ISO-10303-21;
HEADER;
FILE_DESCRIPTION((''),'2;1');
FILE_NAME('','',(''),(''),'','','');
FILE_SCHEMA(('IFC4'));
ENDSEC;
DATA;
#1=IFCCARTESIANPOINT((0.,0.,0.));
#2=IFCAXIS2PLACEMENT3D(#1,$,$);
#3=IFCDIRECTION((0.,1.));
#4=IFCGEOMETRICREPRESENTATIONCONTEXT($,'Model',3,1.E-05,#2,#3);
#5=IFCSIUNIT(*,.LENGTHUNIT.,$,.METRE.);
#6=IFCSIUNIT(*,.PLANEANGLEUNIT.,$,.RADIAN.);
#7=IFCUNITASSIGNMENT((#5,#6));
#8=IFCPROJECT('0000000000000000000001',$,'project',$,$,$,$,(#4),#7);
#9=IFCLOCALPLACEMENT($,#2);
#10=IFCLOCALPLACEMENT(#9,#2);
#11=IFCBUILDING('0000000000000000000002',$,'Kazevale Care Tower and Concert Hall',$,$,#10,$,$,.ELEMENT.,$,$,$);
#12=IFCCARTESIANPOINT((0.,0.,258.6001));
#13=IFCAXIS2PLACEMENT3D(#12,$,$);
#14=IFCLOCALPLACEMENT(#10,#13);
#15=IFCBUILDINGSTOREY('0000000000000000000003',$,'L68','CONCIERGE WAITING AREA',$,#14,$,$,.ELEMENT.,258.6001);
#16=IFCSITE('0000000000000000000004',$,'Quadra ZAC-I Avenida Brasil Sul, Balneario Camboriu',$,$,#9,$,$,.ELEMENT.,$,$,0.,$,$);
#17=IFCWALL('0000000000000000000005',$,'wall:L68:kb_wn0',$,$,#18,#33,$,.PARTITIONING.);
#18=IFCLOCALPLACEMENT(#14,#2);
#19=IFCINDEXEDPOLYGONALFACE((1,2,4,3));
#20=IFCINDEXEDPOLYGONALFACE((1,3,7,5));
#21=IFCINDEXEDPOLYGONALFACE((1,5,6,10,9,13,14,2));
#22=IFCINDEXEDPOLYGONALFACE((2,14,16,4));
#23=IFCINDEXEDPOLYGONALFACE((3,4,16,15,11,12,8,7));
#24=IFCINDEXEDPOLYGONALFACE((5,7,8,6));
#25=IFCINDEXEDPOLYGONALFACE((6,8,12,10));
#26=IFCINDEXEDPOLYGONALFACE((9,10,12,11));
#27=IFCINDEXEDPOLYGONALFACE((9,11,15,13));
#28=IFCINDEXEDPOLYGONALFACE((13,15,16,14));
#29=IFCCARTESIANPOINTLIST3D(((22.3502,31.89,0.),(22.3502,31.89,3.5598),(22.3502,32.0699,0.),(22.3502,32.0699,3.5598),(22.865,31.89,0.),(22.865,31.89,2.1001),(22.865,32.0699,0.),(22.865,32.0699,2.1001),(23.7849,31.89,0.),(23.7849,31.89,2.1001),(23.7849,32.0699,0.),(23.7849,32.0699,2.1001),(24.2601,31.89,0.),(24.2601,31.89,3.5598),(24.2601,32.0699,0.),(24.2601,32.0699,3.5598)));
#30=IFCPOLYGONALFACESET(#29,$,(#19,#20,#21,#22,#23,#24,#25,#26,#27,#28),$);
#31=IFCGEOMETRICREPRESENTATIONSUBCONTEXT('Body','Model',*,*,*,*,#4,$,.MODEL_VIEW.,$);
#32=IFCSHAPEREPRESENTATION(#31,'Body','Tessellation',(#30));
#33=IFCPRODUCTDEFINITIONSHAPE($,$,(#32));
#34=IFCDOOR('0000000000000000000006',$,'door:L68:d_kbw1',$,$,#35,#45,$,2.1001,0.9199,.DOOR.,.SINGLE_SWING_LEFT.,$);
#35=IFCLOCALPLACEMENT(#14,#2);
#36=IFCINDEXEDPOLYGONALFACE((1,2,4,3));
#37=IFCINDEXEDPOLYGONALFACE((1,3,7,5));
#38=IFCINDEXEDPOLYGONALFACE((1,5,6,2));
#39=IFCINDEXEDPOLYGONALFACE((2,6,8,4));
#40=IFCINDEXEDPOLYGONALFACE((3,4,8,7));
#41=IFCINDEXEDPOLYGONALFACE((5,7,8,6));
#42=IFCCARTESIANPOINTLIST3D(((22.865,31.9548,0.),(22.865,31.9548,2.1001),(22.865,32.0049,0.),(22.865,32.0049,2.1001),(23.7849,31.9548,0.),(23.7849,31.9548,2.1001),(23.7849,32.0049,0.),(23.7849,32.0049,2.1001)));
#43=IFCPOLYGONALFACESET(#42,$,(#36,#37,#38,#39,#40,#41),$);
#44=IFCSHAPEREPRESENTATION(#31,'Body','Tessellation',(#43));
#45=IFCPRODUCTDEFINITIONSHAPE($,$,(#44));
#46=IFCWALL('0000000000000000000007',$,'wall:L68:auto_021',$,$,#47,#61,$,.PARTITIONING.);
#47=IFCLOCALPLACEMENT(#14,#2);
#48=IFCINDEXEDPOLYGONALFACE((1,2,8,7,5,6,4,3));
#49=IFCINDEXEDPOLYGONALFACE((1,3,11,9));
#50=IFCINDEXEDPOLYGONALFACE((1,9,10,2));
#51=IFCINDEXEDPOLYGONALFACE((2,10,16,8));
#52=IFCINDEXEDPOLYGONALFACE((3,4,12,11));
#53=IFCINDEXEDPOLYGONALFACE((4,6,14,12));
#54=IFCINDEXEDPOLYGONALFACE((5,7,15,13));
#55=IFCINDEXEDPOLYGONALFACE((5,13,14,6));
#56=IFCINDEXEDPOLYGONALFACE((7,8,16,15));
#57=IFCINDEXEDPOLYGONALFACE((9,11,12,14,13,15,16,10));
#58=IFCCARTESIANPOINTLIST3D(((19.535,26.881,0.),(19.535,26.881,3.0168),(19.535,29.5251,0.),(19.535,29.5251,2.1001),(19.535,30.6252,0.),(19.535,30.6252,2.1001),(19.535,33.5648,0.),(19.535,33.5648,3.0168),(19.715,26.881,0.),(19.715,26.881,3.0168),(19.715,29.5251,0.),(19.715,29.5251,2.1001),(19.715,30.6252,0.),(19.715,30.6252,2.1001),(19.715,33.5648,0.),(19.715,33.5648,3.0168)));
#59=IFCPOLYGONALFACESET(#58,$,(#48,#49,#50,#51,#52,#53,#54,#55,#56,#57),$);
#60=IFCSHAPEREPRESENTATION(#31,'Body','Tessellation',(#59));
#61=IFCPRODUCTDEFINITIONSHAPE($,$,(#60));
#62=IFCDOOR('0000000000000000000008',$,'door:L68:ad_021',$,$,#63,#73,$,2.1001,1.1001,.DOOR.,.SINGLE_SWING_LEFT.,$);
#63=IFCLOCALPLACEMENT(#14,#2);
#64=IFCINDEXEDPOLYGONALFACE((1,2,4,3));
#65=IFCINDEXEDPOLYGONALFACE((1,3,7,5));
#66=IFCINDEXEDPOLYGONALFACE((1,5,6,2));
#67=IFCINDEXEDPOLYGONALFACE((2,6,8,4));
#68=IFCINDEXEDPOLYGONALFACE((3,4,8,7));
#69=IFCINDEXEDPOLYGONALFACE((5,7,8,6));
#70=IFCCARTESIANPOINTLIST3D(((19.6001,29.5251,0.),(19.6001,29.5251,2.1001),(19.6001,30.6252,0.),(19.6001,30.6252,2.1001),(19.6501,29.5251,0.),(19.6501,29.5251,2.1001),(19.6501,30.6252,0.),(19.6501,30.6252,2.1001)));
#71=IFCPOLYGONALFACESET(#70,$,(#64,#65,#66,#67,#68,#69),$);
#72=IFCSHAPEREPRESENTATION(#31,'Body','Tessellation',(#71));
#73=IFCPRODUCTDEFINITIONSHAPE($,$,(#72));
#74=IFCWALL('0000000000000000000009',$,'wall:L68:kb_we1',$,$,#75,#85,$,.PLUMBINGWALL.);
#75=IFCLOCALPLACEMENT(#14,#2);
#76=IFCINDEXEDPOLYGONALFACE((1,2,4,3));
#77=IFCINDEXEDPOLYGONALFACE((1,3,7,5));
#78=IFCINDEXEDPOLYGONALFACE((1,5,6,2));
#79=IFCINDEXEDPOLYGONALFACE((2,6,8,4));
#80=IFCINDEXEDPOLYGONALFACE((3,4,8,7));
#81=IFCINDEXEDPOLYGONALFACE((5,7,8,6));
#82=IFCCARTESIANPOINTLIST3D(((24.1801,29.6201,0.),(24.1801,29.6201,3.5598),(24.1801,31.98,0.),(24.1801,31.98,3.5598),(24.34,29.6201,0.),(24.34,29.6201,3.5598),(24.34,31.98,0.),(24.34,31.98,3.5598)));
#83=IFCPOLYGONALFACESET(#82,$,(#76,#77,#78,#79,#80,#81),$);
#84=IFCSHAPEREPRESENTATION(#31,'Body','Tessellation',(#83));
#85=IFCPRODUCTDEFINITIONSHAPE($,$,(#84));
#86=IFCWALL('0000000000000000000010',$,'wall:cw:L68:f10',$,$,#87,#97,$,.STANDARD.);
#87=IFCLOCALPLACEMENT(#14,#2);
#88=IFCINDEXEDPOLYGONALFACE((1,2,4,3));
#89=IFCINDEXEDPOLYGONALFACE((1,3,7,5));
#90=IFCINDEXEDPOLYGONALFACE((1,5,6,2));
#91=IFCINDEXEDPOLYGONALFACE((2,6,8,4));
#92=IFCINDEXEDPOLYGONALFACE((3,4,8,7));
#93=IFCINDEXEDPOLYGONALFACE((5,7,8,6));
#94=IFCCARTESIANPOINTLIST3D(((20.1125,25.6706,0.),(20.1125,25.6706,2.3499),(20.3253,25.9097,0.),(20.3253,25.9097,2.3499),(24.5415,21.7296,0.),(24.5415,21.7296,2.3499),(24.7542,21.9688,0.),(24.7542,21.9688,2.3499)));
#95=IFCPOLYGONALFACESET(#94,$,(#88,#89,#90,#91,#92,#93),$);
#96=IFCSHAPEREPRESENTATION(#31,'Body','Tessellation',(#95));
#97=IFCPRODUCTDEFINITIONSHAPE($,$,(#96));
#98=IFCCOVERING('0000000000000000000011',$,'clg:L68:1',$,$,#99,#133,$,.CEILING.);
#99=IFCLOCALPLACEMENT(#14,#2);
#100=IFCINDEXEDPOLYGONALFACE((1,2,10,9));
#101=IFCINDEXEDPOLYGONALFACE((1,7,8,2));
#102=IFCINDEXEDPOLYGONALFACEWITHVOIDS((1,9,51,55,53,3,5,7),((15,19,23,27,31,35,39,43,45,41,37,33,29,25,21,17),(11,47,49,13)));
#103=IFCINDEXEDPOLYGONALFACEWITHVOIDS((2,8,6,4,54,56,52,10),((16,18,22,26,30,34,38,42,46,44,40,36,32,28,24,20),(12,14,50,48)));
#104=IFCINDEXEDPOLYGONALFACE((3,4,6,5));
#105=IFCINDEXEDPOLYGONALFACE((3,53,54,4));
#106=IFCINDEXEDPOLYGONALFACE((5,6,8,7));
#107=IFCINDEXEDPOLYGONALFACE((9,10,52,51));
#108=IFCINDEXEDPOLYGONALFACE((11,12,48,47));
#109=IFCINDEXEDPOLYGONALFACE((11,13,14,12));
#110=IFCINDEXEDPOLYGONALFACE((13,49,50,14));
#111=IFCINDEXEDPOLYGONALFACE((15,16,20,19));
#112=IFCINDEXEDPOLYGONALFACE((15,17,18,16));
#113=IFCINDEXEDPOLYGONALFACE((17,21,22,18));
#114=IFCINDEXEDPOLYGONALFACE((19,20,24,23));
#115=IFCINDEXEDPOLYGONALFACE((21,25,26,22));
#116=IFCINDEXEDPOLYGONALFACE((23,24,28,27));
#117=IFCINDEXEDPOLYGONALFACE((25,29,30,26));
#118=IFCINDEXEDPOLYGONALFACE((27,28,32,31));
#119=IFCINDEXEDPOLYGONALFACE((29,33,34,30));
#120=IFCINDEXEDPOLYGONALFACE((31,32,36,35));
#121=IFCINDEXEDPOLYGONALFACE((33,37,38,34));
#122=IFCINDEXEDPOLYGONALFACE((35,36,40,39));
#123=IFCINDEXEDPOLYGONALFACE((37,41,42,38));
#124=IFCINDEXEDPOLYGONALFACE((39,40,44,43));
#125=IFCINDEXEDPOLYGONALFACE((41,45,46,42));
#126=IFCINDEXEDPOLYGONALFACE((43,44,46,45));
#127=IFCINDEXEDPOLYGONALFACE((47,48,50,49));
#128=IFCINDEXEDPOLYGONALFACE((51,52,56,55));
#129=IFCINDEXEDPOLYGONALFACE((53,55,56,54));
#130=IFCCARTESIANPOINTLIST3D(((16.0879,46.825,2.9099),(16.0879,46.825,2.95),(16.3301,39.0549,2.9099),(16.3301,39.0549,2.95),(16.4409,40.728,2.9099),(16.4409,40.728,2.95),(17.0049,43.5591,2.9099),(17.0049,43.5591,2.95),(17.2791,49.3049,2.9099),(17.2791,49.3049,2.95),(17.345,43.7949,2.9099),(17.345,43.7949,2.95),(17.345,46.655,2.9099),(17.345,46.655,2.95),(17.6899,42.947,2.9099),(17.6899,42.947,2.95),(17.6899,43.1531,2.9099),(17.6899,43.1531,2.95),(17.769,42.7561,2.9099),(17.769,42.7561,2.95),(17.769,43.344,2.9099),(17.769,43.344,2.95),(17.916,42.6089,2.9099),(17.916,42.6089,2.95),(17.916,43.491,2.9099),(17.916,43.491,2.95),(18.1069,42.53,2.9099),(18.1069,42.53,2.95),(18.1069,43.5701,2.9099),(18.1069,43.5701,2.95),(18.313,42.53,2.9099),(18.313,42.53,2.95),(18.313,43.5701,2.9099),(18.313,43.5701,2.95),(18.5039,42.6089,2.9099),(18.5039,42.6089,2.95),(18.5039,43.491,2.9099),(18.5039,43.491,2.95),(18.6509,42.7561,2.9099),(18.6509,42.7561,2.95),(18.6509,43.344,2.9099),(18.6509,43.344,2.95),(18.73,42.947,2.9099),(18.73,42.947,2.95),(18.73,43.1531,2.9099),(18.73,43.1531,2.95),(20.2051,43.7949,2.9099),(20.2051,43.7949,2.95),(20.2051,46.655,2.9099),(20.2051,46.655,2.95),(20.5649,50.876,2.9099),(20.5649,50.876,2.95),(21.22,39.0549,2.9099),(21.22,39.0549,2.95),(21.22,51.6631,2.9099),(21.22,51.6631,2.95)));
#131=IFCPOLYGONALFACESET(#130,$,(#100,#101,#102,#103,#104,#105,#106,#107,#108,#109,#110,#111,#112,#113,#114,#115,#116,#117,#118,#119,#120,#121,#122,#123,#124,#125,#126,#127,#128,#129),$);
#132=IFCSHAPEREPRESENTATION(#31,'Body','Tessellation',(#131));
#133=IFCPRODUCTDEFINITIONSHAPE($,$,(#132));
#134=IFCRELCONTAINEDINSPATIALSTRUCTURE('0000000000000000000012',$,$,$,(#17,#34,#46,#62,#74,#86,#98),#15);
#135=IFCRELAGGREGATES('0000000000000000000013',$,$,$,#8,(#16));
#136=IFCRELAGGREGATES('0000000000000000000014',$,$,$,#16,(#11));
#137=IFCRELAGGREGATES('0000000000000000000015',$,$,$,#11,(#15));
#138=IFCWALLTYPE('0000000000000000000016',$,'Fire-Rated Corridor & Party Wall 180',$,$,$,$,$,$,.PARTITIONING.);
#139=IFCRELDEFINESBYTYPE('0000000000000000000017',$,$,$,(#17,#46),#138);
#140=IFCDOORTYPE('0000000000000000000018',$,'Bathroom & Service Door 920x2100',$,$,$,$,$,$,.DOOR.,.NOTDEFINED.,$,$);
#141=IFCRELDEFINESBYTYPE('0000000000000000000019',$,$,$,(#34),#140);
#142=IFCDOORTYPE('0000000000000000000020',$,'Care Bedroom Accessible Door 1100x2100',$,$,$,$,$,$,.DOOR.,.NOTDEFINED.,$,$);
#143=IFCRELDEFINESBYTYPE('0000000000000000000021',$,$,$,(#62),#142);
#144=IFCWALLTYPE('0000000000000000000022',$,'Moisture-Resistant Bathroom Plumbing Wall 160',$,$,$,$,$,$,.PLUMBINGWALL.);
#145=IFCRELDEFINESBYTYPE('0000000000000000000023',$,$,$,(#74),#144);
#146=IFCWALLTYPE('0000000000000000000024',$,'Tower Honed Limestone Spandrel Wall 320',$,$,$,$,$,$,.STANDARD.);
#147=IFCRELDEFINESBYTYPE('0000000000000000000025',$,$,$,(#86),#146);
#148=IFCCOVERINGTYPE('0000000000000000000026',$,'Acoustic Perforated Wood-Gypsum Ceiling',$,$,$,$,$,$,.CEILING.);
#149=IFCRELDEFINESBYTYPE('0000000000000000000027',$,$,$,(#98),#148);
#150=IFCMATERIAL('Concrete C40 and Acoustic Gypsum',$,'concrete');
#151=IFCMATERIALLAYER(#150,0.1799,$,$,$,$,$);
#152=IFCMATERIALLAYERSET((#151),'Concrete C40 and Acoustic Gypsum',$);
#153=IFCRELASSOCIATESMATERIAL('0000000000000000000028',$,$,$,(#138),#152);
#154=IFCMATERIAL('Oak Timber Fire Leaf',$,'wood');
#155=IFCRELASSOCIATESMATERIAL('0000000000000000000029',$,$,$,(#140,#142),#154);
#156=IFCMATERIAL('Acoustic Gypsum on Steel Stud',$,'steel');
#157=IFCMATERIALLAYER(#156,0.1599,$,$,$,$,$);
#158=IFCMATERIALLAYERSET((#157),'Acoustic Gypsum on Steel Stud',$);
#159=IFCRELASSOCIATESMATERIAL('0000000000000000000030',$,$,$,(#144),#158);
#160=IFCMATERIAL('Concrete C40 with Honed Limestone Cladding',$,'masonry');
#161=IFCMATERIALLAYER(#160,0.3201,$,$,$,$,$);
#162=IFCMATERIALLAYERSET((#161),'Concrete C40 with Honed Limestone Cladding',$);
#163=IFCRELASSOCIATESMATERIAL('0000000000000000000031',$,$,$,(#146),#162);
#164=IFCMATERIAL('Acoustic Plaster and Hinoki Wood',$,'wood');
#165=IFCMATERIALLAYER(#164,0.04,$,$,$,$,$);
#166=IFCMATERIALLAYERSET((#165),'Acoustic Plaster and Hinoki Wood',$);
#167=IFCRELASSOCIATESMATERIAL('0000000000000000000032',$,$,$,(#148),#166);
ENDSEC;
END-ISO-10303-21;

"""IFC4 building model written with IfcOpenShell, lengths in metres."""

from ifc_helpers import new_model, si_unit, direction, frame, frame_2d, origin, place, context, subcontext, project, spatial, polyline, rectangle, outline, extrude, material, layer, layer_set, type_object, element, fill, save


model = new_model("IFC4")

# Units and contexts
model_context = context("Model", 3, precision=1e-05, world=origin(), true_north=direction((0.0, 1.0)))
body_context = subcontext(model_context, "Body", "Model", "MODEL_VIEW")
ifc_project = project(units=[si_unit("LENGTHUNIT", "METRE"), si_unit("PLANEANGLEUNIT", "RADIAN")], contexts=[model_context])

# Site, building, storey
site_placement = place(None, origin())
site = spatial("IfcSite", under=ifc_project, at=site_placement, Name="Quadra ZAC-I Avenida Brasil Sul, Balneario Camboriu", CompositionType="ELEMENT", RefElevation=0.0)
building_placement = place(site_placement, origin())
building = spatial("IfcBuilding", under=site, at=building_placement, Name="Kazevale Care Tower and Concert Hall", CompositionType="ELEMENT")
storey_placement = place(building_placement, frame((0.0, 0.0, 258.6001)))
storey = spatial("IfcBuildingStorey", under=building, at=storey_placement, Name="L68", Description="CONCIERGE WAITING AREA", CompositionType="ELEMENT", Elevation=258.6001)

# Walls, openings, doors
ifc_material_1 = material(Name="Concrete C40 and Acoustic Gypsum", Category="concrete")
ifc_layer_1 = layer(ifc_material_1, 0.1799)
ifc_layer_set_1 = layer_set([ifc_layer_1], Name="Concrete C40 and Acoustic Gypsum")
wall_type_1 = type_object("IfcWallType", Name="Fire-Rated Corridor & Party Wall 180", PredefinedType="PARTITIONING", material=ifc_layer_set_1)
wall_1_placement = place(storey_placement, frame((22.3501, 31.98, 0.0), z_axis=(0.0, 0.0, 1.0), x_axis=(1.0, 0.0, 0.0)))
wall_1 = element("IfcWall", 1, at=wall_1_placement, inside=storey, type_object=wall_type_1, Name="wall:L68:kb_wn0", PredefinedType="PARTITIONING", context=body_context, shape_type="SweptSolid", body=[
    extrude(rectangle(XDim=1.9099, YDim=0.1799, at=frame_2d((0.9551, 0.0))), origin(), (0.0, 0.0, 1.0), 3.5598),
])
opening_1_placement = place(wall_1_placement, frame((0.5149, 0.0, 0.0)))
opening_1 = element("IfcOpeningElement", 2, at=opening_1_placement, cuts=wall_1, PredefinedType="OPENING", context=body_context, shape_type="SweptSolid", body=[
    extrude(rectangle(XDim=0.9199, YDim=2.1001, at=frame_2d((0.46, 1.05))), frame((0.0, 0.0999, 0.0), z_axis=(0.0, -1.0, 0.0), x_axis=(1.0, 0.0, 0.0)), (0.0, 0.0, 1.0), 0.2),
])
ifc_material_2 = material(Name="Oak Timber Fire Leaf", Category="wood")
door_type_1 = type_object("IfcDoorType", Name="Bathroom & Service Door 920x2100", OperationType="NOTDEFINED", PredefinedType="DOOR", material=ifc_material_2)
door_1_placement = place(opening_1_placement, origin())
door_1 = element("IfcDoor", 3, at=door_1_placement, inside=storey, type_object=door_type_1, Name="door:L68:d_kbw1", OperationType="SINGLE_SWING_LEFT", OverallHeight=2.1001, OverallWidth=0.9199, PredefinedType="DOOR", context=body_context, shape_type="SweptSolid", body=[
    extrude(rectangle(XDim=0.9199, YDim=2.1001, at=frame_2d((0.46, 1.05))), frame((0.0, 0.0249, 0.0), z_axis=(0.0, -1.0, 0.0), x_axis=(1.0, 0.0, 0.0)), (0.0, 0.0, 1.0), 0.05),
])
fill(opening_1, door_1)
wall_2_placement = place(storey_placement, frame((19.625, 26.8811, 0.0), z_axis=(0.0, 0.0, 1.0), x_axis=(0.0, 1.0, 0.0)))
wall_2 = element("IfcWall", 4, at=wall_2_placement, inside=storey, type_object=wall_type_1, Name="wall:L68:auto_021", PredefinedType="PARTITIONING", context=body_context, shape_type="SweptSolid", body=[
    extrude(rectangle(XDim=6.6838, YDim=0.1799, at=frame_2d((3.3418, 0.0))), origin(), (0.0, 0.0, 1.0), 3.0168),
])
opening_2_placement = place(wall_2_placement, frame((2.644, 0.0, 0.0)))
opening_2 = element("IfcOpeningElement", 5, at=opening_2_placement, cuts=wall_2, PredefinedType="OPENING", context=body_context, shape_type="SweptSolid", body=[
    extrude(rectangle(XDim=1.1001, YDim=2.1001, at=frame_2d((0.55, 1.05))), frame((0.0, 0.0999, 0.0), z_axis=(0.0, -1.0, 0.0), x_axis=(1.0, 0.0, 0.0)), (0.0, 0.0, 1.0), 0.2),
])
door_type_2 = type_object("IfcDoorType", Name="Care Bedroom Accessible Door 1100x2100", OperationType="NOTDEFINED", PredefinedType="DOOR", material=ifc_material_2)
door_2_placement = place(opening_2_placement, origin())
door_2 = element("IfcDoor", 6, at=door_2_placement, inside=storey, type_object=door_type_2, Name="door:L68:ad_021", OperationType="SINGLE_SWING_LEFT", OverallHeight=2.1001, OverallWidth=1.1001, PredefinedType="DOOR", context=body_context, shape_type="SweptSolid", body=[
    extrude(rectangle(XDim=1.1001, YDim=2.1001, at=frame_2d((0.55, 1.05))), frame((0.0, 0.0249, 0.0), z_axis=(0.0, -1.0, 0.0), x_axis=(1.0, 0.0, 0.0)), (0.0, 0.0, 1.0), 0.05),
])
fill(opening_2, door_2)

# Walls
ifc_material_3 = material(Name="Acoustic Gypsum on Steel Stud", Category="steel")
ifc_layer_2 = layer(ifc_material_3, 0.1599)
ifc_layer_set_2 = layer_set([ifc_layer_2], Name="Acoustic Gypsum on Steel Stud")
wall_type_2 = type_object("IfcWallType", Name="Moisture-Resistant Bathroom Plumbing Wall 160", PredefinedType="PLUMBINGWALL", material=ifc_layer_set_2)
wall_3_placement = place(storey_placement, frame((24.26, 29.6201, 0.0), z_axis=(0.0, 0.0, 1.0), x_axis=(0.0, 1.0, 0.0)))
element("IfcWall", 7, at=wall_3_placement, inside=storey, type_object=wall_type_2, Name="wall:L68:kb_we1", PredefinedType="PLUMBINGWALL", context=body_context, shape_type="SweptSolid", body=[
    extrude(rectangle(XDim=2.3599, YDim=0.1599, at=frame_2d((1.1799, 0.0))), origin(), (0.0, 0.0, 1.0), 3.5598),
])
ifc_material_4 = material(Name="Concrete C40 with Honed Limestone Cladding", Category="masonry")
ifc_layer_3 = layer(ifc_material_4, 0.3201)
ifc_layer_set_3 = layer_set([ifc_layer_3], Name="Concrete C40 with Honed Limestone Cladding")
wall_type_3 = type_object("IfcWallType", Name="Tower Honed Limestone Spandrel Wall 320", PredefinedType="STANDARD", material=ifc_layer_set_3)
wall_4_placement = place(storey_placement, frame((24.6479, 21.8491, 0.0), z_axis=(0.0, 0.0, 1.0), x_axis=(-0.747068, 0.664747, 0.0)))
element("IfcWall", 8, at=wall_4_placement, inside=storey, type_object=wall_type_3, Name="wall:cw:L68:f10", PredefinedType="STANDARD", context=body_context, shape_type="SweptSolid", body=[
    extrude(rectangle(XDim=5.9285, YDim=0.3201, at=frame_2d((2.9644, 0.0))), origin(), (0.0, 0.0, 1.0), 2.3499),
])

# Covering
ifc_material_5 = material(Name="Acoustic Plaster and Hinoki Wood", Category="wood")
ifc_layer_4 = layer(ifc_material_5, 0.04)
ifc_layer_set_4 = layer_set([ifc_layer_4], Name="Acoustic Plaster and Hinoki Wood")
covering_type_1 = type_object("IfcCoveringType", Name="Acoustic Perforated Wood-Gypsum Ceiling", PredefinedType="CEILING", material=ifc_layer_set_4)
covering_1_placement = place(storey_placement, frame((0.0, 0.0, 2.9099)))
element("IfcCovering", 9, at=covering_1_placement, inside=storey, type_object=covering_type_1, Name="clg:L68:1", PredefinedType="CEILING", context=body_context, shape_type="SweptSolid", body=[
    extrude(outline(polyline([(16.0879, 46.825), (17.2791, 49.3049), (20.5649, 50.876), (21.22, 51.6631), (21.22, 39.0549), (16.3301, 39.0549), (16.4409, 40.728), (17.0049, 43.5591), (16.0879, 46.825)]), holes=[polyline([(17.345, 46.655), (17.345, 43.7949), (20.2051, 43.7949), (20.2051, 46.655), (17.345, 46.655)]), polyline([(18.73, 43.1531), (18.6509, 43.344), (18.5039, 43.491), (18.313, 43.5701), (18.1069, 43.5701), (17.916, 43.491), (17.769, 43.344), (17.6899, 43.1531), (17.6899, 42.947), (17.769, 42.7561), (17.916, 42.6089), (18.1069, 42.53), (18.313, 42.53), (18.5039, 42.6089), (18.6509, 42.7561), (18.73, 42.947), (18.73, 43.1531)])]), origin(), (0.0, 0.0, 1.0), 0.04),
])

save(model, "model.ifc")
